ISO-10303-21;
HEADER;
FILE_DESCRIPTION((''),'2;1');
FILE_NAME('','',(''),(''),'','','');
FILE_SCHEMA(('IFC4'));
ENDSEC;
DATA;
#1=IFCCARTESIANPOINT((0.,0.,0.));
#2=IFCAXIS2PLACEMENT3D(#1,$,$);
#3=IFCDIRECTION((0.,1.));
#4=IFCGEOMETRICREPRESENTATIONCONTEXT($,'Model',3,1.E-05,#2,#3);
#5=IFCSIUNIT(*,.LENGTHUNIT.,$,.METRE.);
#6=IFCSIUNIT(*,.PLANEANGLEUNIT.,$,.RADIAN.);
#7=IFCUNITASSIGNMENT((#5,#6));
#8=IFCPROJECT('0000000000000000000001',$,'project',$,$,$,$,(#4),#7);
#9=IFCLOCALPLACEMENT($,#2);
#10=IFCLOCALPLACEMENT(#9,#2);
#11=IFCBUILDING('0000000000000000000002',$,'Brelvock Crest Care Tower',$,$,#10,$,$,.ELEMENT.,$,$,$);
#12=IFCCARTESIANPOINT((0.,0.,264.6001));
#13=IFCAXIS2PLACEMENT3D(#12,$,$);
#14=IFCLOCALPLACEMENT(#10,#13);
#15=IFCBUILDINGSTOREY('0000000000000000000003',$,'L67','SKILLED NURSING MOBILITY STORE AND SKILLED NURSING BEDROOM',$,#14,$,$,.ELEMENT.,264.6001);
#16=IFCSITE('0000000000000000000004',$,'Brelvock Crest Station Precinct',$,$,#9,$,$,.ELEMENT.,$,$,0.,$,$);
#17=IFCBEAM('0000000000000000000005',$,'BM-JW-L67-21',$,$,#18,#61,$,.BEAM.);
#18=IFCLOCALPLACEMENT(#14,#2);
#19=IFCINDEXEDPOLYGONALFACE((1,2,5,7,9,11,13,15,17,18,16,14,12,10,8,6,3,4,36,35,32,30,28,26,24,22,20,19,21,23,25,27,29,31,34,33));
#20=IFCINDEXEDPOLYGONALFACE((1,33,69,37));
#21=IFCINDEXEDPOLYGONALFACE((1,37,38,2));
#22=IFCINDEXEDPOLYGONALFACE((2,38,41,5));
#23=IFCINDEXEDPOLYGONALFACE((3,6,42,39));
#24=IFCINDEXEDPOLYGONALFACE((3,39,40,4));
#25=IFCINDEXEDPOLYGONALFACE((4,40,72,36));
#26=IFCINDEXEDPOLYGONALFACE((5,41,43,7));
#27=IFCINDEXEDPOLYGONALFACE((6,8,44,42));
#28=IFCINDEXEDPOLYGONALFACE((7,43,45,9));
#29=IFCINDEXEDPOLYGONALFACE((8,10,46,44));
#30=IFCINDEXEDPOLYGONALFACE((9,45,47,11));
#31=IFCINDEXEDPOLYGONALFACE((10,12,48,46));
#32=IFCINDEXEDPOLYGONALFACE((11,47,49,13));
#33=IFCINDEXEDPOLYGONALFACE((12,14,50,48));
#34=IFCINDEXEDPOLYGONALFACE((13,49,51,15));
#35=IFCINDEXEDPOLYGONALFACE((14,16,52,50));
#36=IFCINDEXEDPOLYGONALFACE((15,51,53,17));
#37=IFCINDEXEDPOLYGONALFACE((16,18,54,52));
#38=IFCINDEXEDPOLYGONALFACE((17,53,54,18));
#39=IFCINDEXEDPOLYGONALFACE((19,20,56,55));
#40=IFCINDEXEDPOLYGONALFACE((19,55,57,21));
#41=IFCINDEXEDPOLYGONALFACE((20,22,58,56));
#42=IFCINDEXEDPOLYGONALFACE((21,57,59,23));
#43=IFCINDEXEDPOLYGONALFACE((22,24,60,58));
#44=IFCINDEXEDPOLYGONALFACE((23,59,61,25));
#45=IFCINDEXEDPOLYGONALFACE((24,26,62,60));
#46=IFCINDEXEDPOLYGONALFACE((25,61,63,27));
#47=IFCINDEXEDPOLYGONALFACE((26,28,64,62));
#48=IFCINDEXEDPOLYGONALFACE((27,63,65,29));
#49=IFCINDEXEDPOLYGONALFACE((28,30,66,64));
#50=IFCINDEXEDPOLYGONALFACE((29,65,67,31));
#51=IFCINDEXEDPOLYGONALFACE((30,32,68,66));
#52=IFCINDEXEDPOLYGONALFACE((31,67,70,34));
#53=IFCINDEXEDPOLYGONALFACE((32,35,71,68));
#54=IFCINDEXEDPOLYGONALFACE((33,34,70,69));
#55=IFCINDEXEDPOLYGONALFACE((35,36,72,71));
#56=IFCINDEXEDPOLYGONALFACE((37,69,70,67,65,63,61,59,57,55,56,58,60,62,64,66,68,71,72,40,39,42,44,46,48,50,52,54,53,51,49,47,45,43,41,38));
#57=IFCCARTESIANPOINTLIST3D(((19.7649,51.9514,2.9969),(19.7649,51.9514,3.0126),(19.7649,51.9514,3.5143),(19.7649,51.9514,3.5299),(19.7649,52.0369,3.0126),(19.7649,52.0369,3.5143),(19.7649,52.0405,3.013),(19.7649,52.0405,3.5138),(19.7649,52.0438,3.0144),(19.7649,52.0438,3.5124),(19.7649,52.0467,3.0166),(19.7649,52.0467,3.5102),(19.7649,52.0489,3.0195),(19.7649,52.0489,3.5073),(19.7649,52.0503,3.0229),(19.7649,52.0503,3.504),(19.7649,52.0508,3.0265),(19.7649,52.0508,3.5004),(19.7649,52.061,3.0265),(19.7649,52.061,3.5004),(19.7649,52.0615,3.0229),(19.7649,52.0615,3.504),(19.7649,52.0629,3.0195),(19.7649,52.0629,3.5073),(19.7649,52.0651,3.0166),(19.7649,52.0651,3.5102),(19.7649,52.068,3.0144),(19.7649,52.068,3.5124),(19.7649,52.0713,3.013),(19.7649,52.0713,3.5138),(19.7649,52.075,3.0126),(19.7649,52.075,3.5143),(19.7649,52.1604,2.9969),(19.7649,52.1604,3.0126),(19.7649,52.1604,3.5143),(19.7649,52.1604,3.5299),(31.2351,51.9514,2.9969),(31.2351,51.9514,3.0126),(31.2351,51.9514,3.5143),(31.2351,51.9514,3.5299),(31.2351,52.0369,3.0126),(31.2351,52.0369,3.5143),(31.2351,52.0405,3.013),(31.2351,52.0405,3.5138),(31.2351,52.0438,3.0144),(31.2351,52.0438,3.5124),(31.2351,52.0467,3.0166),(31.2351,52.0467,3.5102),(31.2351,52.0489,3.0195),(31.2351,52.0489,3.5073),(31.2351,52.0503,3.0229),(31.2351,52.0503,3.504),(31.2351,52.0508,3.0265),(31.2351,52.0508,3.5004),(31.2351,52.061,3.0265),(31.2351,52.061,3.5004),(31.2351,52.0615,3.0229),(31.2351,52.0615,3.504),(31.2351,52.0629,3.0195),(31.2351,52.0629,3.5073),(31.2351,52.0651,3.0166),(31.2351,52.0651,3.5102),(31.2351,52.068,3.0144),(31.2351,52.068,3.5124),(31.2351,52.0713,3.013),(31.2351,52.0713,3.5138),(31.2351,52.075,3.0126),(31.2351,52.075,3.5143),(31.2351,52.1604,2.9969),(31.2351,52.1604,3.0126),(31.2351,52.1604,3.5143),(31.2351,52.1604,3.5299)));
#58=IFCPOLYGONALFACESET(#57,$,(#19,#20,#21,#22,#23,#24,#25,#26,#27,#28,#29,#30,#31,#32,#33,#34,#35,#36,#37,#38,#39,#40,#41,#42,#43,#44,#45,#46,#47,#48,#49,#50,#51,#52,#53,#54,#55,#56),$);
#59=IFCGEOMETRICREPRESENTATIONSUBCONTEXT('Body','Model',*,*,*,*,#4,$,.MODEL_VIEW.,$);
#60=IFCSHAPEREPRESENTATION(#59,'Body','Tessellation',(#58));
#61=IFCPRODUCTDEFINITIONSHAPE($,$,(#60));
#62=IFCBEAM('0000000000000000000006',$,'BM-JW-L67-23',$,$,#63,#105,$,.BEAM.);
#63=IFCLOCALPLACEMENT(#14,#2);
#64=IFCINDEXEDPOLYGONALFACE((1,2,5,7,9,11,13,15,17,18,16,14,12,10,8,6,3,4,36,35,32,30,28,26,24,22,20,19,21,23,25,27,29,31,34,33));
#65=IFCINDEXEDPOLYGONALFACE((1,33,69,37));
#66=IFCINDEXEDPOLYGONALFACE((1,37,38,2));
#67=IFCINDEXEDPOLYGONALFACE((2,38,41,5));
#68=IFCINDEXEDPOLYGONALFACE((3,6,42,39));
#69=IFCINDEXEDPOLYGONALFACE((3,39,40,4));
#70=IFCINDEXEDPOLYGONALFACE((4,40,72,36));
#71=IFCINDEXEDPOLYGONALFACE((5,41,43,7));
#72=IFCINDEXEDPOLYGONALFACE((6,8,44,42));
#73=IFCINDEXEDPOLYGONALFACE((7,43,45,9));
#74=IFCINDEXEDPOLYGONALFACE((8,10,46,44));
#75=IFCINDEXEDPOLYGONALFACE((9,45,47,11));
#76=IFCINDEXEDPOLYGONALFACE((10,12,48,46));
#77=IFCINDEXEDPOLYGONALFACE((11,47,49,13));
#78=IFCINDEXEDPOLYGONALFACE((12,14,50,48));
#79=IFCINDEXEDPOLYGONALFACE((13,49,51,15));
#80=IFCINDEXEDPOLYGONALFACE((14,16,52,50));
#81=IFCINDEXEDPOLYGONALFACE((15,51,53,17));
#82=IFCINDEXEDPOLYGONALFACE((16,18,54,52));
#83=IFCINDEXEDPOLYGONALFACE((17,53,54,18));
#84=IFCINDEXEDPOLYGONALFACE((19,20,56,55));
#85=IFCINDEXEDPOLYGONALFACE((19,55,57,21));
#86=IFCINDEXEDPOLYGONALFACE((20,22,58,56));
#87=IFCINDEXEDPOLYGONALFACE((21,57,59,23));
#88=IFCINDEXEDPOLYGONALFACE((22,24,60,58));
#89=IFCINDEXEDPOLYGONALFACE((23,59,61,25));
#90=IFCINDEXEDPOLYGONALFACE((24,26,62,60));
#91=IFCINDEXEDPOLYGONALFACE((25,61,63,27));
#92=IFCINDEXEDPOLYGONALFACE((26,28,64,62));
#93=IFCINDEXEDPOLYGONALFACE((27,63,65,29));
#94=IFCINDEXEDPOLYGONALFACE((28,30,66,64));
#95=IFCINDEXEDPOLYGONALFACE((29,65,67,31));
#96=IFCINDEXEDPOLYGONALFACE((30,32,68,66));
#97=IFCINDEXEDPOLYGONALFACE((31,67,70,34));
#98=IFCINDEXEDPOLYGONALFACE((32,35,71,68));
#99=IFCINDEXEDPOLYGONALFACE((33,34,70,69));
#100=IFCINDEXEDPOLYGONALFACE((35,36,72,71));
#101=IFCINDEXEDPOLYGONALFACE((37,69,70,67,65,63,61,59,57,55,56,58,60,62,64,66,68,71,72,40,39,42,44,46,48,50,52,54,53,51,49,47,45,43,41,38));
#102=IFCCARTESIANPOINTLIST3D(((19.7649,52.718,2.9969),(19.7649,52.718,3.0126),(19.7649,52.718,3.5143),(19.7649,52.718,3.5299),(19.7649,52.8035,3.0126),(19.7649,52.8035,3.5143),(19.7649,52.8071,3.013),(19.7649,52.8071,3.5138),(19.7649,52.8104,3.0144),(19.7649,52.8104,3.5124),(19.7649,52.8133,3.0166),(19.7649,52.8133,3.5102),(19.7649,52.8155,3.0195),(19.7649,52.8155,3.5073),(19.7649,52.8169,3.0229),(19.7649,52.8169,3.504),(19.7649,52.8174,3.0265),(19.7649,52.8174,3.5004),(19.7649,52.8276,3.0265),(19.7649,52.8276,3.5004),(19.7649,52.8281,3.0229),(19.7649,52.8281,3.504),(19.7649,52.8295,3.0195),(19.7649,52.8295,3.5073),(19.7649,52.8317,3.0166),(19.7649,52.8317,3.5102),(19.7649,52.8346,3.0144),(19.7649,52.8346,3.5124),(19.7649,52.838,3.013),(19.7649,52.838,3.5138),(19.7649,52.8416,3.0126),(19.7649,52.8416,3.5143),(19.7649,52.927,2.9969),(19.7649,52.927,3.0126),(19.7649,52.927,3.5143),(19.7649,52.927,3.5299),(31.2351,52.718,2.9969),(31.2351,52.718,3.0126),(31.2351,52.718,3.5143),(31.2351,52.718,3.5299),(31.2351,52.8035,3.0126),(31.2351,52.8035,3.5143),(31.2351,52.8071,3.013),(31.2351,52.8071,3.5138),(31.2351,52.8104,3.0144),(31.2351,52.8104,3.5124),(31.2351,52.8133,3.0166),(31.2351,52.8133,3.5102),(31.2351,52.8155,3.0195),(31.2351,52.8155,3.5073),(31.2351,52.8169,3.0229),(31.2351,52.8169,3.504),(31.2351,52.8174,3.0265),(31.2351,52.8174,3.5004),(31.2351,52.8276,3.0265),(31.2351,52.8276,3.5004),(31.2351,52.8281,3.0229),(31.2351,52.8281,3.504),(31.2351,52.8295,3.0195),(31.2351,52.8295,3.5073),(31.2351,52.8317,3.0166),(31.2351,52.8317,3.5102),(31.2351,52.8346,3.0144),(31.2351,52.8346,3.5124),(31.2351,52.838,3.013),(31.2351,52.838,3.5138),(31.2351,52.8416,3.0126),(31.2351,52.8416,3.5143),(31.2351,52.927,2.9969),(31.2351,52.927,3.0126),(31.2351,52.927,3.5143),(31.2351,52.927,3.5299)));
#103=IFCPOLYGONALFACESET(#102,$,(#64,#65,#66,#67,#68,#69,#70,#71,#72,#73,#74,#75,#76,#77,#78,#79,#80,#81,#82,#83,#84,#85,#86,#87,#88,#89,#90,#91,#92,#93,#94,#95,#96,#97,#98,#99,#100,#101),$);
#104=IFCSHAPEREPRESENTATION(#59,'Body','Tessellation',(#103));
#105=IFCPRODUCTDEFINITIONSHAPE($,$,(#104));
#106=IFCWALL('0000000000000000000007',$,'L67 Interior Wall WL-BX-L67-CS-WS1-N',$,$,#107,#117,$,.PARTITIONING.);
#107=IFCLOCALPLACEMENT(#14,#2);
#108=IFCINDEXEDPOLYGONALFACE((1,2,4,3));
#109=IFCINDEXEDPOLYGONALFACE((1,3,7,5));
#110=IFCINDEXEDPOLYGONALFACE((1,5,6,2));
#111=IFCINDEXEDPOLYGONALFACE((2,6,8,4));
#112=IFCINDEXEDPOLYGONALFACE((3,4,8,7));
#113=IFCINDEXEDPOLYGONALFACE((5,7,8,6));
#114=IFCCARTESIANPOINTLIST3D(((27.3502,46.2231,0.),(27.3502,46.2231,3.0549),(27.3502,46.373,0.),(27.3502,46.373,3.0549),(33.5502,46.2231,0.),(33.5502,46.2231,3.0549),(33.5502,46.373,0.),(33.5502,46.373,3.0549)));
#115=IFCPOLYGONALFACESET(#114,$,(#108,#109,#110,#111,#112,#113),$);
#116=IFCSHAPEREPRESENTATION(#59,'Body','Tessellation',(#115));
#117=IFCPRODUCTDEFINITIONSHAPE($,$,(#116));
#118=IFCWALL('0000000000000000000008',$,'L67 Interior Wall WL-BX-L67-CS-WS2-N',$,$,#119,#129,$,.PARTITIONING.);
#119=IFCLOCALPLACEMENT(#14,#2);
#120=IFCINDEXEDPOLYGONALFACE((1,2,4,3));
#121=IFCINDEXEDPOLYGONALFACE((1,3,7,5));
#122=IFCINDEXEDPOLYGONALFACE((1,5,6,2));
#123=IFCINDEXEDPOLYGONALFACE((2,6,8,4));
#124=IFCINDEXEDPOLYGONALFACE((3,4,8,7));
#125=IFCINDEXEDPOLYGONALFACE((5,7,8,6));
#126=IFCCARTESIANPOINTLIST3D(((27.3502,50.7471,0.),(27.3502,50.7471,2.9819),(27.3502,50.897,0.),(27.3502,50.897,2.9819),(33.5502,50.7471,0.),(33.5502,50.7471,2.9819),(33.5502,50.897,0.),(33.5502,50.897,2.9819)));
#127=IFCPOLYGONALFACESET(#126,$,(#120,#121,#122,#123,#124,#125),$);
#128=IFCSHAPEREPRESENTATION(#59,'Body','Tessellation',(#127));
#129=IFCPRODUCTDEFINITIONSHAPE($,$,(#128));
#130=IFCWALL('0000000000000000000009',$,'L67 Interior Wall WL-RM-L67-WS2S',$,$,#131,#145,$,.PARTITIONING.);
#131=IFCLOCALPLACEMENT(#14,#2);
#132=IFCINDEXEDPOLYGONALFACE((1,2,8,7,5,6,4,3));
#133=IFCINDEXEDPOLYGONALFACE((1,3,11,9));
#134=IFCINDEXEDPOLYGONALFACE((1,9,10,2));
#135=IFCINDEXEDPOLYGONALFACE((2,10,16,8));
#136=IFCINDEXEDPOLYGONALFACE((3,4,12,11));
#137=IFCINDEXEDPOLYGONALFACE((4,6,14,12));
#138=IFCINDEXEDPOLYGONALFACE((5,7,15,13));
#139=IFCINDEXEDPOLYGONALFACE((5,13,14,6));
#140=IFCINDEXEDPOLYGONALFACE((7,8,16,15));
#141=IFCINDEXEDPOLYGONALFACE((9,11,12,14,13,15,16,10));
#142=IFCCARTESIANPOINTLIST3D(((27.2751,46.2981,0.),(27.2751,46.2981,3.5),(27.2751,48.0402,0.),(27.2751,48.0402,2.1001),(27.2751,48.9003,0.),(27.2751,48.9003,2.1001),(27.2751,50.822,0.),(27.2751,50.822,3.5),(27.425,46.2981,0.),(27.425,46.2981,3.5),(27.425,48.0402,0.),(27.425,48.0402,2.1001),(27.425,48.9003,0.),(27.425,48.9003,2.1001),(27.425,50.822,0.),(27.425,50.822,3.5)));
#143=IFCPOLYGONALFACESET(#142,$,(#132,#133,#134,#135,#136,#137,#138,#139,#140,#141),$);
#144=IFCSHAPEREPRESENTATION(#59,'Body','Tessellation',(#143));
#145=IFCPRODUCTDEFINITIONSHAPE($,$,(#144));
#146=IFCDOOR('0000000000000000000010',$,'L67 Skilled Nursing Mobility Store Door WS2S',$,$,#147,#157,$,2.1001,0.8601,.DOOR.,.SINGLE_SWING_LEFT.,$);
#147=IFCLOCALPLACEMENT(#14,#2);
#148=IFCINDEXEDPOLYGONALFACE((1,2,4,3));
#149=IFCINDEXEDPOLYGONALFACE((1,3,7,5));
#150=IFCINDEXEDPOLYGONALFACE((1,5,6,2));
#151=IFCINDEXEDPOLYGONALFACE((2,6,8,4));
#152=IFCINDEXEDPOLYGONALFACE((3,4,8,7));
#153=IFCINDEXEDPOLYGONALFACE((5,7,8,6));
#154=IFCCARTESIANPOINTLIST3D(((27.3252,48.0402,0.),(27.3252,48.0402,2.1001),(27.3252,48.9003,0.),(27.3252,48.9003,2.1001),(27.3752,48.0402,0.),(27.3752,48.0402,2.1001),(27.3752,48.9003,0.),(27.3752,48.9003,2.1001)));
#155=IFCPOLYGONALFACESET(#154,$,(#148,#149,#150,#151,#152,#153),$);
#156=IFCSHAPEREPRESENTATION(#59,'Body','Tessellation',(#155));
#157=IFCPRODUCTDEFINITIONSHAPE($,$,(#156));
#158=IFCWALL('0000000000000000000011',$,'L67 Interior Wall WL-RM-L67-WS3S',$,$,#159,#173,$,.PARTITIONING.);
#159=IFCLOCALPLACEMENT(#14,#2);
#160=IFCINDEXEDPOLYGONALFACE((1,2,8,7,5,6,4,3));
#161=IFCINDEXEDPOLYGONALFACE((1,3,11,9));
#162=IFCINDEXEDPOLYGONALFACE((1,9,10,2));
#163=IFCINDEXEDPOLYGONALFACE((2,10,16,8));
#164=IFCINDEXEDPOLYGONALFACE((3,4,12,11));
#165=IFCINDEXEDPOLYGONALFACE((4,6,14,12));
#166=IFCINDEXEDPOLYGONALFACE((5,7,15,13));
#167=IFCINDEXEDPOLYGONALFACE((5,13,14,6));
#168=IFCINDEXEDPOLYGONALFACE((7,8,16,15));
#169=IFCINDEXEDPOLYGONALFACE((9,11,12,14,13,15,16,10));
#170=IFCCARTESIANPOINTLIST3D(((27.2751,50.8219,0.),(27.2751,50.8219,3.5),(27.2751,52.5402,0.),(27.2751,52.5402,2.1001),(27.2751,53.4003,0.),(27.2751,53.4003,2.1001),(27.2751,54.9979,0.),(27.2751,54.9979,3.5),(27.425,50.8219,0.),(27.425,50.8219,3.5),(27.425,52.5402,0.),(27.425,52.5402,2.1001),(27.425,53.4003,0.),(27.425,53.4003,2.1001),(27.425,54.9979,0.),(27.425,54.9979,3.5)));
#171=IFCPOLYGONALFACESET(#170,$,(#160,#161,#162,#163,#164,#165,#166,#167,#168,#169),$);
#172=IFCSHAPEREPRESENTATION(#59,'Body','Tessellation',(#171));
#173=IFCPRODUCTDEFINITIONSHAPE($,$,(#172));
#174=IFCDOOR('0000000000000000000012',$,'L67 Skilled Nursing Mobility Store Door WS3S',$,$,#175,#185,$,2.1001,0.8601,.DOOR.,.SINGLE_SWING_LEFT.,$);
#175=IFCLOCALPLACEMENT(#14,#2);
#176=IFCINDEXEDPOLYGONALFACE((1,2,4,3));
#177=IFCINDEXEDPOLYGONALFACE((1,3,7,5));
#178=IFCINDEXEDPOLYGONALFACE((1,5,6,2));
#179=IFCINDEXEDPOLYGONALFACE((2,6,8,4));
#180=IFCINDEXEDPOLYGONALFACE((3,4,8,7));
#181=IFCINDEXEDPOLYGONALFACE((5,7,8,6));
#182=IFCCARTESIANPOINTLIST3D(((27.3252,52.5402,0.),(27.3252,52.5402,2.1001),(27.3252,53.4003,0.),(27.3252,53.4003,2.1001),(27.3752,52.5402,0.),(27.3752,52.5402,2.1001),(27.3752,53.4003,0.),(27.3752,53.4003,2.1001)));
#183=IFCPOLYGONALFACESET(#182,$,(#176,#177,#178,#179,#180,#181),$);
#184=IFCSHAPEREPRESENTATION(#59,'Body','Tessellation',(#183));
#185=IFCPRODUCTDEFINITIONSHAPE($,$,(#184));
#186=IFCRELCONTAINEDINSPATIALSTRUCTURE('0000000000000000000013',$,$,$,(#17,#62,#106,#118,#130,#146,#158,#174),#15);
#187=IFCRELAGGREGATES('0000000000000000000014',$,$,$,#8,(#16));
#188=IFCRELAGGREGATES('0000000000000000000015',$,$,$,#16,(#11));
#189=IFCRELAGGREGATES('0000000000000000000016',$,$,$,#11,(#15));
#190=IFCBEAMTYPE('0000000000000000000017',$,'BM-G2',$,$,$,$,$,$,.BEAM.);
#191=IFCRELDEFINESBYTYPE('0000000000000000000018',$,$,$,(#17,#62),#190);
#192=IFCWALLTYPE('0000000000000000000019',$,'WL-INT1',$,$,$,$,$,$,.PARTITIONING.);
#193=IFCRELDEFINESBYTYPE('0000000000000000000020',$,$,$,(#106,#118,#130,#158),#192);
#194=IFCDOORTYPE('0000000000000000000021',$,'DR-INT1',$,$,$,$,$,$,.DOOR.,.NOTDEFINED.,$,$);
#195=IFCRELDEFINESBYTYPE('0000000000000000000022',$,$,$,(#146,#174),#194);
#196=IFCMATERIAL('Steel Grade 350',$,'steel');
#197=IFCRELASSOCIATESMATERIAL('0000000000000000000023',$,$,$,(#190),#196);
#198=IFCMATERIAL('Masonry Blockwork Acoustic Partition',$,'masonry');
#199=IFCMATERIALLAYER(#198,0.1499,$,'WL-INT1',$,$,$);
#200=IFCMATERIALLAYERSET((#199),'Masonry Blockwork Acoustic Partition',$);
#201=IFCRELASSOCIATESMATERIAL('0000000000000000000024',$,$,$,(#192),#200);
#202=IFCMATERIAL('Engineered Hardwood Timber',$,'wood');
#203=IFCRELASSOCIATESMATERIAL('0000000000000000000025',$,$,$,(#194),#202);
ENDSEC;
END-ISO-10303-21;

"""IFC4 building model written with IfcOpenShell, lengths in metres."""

from ifc_helpers import new_model, si_unit, direction, frame, frame_2d, origin, origin_2d, place, context, subcontext, project, spatial, rectangle, i_section, extrude, source, transform, mapped, material, layer, layer_set, material_profile, profile_set, type_object, element, fill, save


model = new_model("IFC4")

# Units and contexts
model_context = context("Model", 3, precision=1e-05, world=origin(), true_north=direction((0.0, 1.0)))
body_context = subcontext(model_context, "Body", "Model", "MODEL_VIEW")
ifc_project = project(units=[si_unit("LENGTHUNIT", "METRE"), si_unit("PLANEANGLEUNIT", "RADIAN")], contexts=[model_context])

# Site, building, storey
site_placement = place(None, origin())
site = spatial("IfcSite", under=ifc_project, at=site_placement, Name="Brelvock Crest Station Precinct", CompositionType="ELEMENT", RefElevation=0.0)
building_placement = place(site_placement, origin())
building = spatial("IfcBuilding", under=site, at=building_placement, Name="Brelvock Crest Care Tower", CompositionType="ELEMENT")
storey_placement = place(building_placement, frame((0.0, 0.0, 264.6001)))
storey = spatial("IfcBuildingStorey", under=building, at=storey_placement, Name="L67", Description="SKILLED NURSING MOBILITY STORE AND SKILLED NURSING BEDROOM", CompositionType="ELEMENT", Elevation=264.6001)

# Beams
ifc_material_1 = material(Name="Steel Grade 350", Category="steel")
ifc_material_profile_1 = material_profile(ifc_material_1, i_section(OverallWidth=0.209, OverallDepth=0.533, WebThickness=0.0103, FlangeThickness=0.0156, FilletRadius=0.0139, at=origin_2d()), Name="530UB92.4")
ifc_profile_set_1 = profile_set([ifc_material_profile_1], Name="Steel Grade 350")
beam_type_1 = type_object("IfcBeamType", Name="BM-G2", PredefinedType="BEAM", material=ifc_profile_set_1)
shared_shape_1 = source(origin(), body_context, "Body", "SweptSolid", [
    extrude(i_section(OverallWidth=0.209, OverallDepth=0.533, WebThickness=0.0103, FlangeThickness=0.0156, FilletRadius=0.0139, at=origin_2d()), origin(), (0.0, 0.0, 1.0), 11.4702),
])
for number, where, z_axis, x_axis, name in (
    (1, (19.7649, 52.0559, 3.2634), (1.0, 0.0, 0.0), (0.0, 1.0, 0.0), "BM-JW-L67-21"),
    (2, (19.7649, 52.8225, 3.2634), (1.0, 0.0, 0.0), (0.0, 1.0, 0.0), "BM-JW-L67-23"),
):
    element("IfcBeam", number, at=place(storey_placement, frame(where, z_axis=z_axis, x_axis=x_axis)), inside=storey, type_object=beam_type_1, Name=name, PredefinedType="BEAM", context=body_context, shape_type="MappedRepresentation", body=[
        mapped(shared_shape_1, transform((0.0, 0.0, 0.0), x_axis=(1.0, 0.0, 0.0), y_axis=(0.0, 1.0, 0.0), z_axis=(0.0, 0.0, 1.0), scale=1.0)),
    ])

# Walls
ifc_material_2 = material(Name="Masonry Blockwork Acoustic Partition", Category="masonry")
ifc_layer = layer(ifc_material_2, 0.1499, Name="WL-INT1")
ifc_layer_set = layer_set([ifc_layer], Name="Masonry Blockwork Acoustic Partition")
wall_type = type_object("IfcWallType", Name="WL-INT1", PredefinedType="PARTITIONING", material=ifc_layer_set)
wall_1_placement = place(storey_placement, frame((27.3501, 46.2981, 0.0), z_axis=(0.0, 0.0, 1.0), x_axis=(1.0, 0.0, 0.0)))
element("IfcWall", 3, at=wall_1_placement, inside=storey, type_object=wall_type, Name="L67 Interior Wall WL-BX-L67-CS-WS1-N", PredefinedType="PARTITIONING", context=body_context, shape_type="SweptSolid", body=[
    extrude(rectangle(XDim=6.2, YDim=0.1499, at=frame_2d((3.1001, 0.0))), origin(), (0.0, 0.0, 1.0), 3.0549),
])
wall_2_placement = place(storey_placement, frame((27.3501, 50.822, 0.0), z_axis=(0.0, 0.0, 1.0), x_axis=(1.0, 0.0, 0.0)))
element("IfcWall", 4, at=wall_2_placement, inside=storey, type_object=wall_type, Name="L67 Interior Wall WL-BX-L67-CS-WS2-N", PredefinedType="PARTITIONING", context=body_context, shape_type="SweptSolid", body=[
    extrude(rectangle(XDim=6.2, YDim=0.1499, at=frame_2d((3.1001, 0.0))), origin(), (0.0, 0.0, 1.0), 2.9819),
])

# Walls, openings, doors
wall_3_placement = place(storey_placement, frame((27.3501, 46.2981, 0.0), z_axis=(0.0, 0.0, 1.0), x_axis=(0.0, 1.0, 0.0)))
wall_3 = element("IfcWall", 5, at=wall_3_placement, inside=storey, type_object=wall_type, Name="L67 Interior Wall WL-RM-L67-WS2S", PredefinedType="PARTITIONING", context=body_context, shape_type="SweptSolid", body=[
    extrude(rectangle(XDim=4.5239, YDim=0.1499, at=frame_2d((2.262, 0.0))), origin(), (0.0, 0.0, 1.0), 3.5),
])
opening_1_placement = place(wall_3_placement, frame((1.7419, 0.0, 0.0)))
opening_1 = element("IfcOpeningElement", 6, at=opening_1_placement, cuts=wall_3, PredefinedType="OPENING", context=body_context, shape_type="SweptSolid", body=[
    extrude(rectangle(XDim=0.8601, YDim=2.1001, at=origin_2d()), frame((0.4302, 0.085, 1.05), z_axis=(0.0, -1.0, 0.0), x_axis=(1.0, 0.0, 0.0)), (0.0, 0.0, 1.0), 0.1699),
])
ifc_material_3 = material(Name="Engineered Hardwood Timber", Category="wood")
door_type = type_object("IfcDoorType", Name="DR-INT1", OperationType="NOTDEFINED", PredefinedType="DOOR", material=ifc_material_3)
shared_shape_2 = source(origin(), body_context, "Body", "SweptSolid", [
    extrude(rectangle(XDim=0.8601, YDim=2.1001, at=origin_2d()), frame((0.4302, 0.0249, 1.05), z_axis=(0.0, -1.0, 0.0), x_axis=(1.0, 0.0, 0.0)), (0.0, 0.0, 1.0), 0.05),
])
door_1_placement = place(opening_1_placement, origin())
door_1 = element("IfcDoor", 7, at=door_1_placement, inside=storey, type_object=door_type, Name="L67 Skilled Nursing Mobility Store Door WS2S", OperationType="SINGLE_SWING_LEFT", OverallHeight=2.1001, OverallWidth=0.8601, PredefinedType="DOOR", context=body_context, shape_type="MappedRepresentation", body=[
    mapped(shared_shape_2, transform((0.0, 0.0, 0.0), x_axis=(1.0, 0.0, 0.0), y_axis=(0.0, 1.0, 0.0), z_axis=(0.0, 0.0, 1.0), scale=1.0)),
])
fill(opening_1, door_1)
wall_4_placement = place(storey_placement, frame((27.3501, 50.822, 0.0), z_axis=(0.0, 0.0, 1.0), x_axis=(0.0, 1.0, 0.0)))
wall_4 = element("IfcWall", 8, at=wall_4_placement, inside=storey, type_object=wall_type, Name="L67 Interior Wall WL-RM-L67-WS3S", PredefinedType="PARTITIONING", context=body_context, shape_type="SweptSolid", body=[
    extrude(rectangle(XDim=4.176, YDim=0.1499, at=frame_2d((2.0879, 0.0))), origin(), (0.0, 0.0, 1.0), 3.5),
])
opening_2_placement = place(wall_4_placement, frame((1.718, 0.0, 0.0)))
opening_2 = element("IfcOpeningElement", 9, at=opening_2_placement, cuts=wall_4, PredefinedType="OPENING", context=body_context, shape_type="SweptSolid", body=[
    extrude(rectangle(XDim=0.8601, YDim=2.1001, at=origin_2d()), frame((0.4302, 0.085, 1.05), z_axis=(0.0, -1.0, 0.0), x_axis=(1.0, 0.0, 0.0)), (0.0, 0.0, 1.0), 0.1699),
])
door_2_placement = place(opening_2_placement, origin())
door_2 = element("IfcDoor", 10, at=door_2_placement, inside=storey, type_object=door_type, Name="L67 Skilled Nursing Mobility Store Door WS3S", OperationType="SINGLE_SWING_LEFT", OverallHeight=2.1001, OverallWidth=0.8601, PredefinedType="DOOR", context=body_context, shape_type="MappedRepresentation", body=[
    mapped(shared_shape_2, transform((0.0, 0.0, 0.0), x_axis=(1.0, 0.0, 0.0), y_axis=(0.0, 1.0, 0.0), z_axis=(0.0, 0.0, 1.0), scale=1.0)),
])
fill(opening_2, door_2)

save(model, "model.ifc")
